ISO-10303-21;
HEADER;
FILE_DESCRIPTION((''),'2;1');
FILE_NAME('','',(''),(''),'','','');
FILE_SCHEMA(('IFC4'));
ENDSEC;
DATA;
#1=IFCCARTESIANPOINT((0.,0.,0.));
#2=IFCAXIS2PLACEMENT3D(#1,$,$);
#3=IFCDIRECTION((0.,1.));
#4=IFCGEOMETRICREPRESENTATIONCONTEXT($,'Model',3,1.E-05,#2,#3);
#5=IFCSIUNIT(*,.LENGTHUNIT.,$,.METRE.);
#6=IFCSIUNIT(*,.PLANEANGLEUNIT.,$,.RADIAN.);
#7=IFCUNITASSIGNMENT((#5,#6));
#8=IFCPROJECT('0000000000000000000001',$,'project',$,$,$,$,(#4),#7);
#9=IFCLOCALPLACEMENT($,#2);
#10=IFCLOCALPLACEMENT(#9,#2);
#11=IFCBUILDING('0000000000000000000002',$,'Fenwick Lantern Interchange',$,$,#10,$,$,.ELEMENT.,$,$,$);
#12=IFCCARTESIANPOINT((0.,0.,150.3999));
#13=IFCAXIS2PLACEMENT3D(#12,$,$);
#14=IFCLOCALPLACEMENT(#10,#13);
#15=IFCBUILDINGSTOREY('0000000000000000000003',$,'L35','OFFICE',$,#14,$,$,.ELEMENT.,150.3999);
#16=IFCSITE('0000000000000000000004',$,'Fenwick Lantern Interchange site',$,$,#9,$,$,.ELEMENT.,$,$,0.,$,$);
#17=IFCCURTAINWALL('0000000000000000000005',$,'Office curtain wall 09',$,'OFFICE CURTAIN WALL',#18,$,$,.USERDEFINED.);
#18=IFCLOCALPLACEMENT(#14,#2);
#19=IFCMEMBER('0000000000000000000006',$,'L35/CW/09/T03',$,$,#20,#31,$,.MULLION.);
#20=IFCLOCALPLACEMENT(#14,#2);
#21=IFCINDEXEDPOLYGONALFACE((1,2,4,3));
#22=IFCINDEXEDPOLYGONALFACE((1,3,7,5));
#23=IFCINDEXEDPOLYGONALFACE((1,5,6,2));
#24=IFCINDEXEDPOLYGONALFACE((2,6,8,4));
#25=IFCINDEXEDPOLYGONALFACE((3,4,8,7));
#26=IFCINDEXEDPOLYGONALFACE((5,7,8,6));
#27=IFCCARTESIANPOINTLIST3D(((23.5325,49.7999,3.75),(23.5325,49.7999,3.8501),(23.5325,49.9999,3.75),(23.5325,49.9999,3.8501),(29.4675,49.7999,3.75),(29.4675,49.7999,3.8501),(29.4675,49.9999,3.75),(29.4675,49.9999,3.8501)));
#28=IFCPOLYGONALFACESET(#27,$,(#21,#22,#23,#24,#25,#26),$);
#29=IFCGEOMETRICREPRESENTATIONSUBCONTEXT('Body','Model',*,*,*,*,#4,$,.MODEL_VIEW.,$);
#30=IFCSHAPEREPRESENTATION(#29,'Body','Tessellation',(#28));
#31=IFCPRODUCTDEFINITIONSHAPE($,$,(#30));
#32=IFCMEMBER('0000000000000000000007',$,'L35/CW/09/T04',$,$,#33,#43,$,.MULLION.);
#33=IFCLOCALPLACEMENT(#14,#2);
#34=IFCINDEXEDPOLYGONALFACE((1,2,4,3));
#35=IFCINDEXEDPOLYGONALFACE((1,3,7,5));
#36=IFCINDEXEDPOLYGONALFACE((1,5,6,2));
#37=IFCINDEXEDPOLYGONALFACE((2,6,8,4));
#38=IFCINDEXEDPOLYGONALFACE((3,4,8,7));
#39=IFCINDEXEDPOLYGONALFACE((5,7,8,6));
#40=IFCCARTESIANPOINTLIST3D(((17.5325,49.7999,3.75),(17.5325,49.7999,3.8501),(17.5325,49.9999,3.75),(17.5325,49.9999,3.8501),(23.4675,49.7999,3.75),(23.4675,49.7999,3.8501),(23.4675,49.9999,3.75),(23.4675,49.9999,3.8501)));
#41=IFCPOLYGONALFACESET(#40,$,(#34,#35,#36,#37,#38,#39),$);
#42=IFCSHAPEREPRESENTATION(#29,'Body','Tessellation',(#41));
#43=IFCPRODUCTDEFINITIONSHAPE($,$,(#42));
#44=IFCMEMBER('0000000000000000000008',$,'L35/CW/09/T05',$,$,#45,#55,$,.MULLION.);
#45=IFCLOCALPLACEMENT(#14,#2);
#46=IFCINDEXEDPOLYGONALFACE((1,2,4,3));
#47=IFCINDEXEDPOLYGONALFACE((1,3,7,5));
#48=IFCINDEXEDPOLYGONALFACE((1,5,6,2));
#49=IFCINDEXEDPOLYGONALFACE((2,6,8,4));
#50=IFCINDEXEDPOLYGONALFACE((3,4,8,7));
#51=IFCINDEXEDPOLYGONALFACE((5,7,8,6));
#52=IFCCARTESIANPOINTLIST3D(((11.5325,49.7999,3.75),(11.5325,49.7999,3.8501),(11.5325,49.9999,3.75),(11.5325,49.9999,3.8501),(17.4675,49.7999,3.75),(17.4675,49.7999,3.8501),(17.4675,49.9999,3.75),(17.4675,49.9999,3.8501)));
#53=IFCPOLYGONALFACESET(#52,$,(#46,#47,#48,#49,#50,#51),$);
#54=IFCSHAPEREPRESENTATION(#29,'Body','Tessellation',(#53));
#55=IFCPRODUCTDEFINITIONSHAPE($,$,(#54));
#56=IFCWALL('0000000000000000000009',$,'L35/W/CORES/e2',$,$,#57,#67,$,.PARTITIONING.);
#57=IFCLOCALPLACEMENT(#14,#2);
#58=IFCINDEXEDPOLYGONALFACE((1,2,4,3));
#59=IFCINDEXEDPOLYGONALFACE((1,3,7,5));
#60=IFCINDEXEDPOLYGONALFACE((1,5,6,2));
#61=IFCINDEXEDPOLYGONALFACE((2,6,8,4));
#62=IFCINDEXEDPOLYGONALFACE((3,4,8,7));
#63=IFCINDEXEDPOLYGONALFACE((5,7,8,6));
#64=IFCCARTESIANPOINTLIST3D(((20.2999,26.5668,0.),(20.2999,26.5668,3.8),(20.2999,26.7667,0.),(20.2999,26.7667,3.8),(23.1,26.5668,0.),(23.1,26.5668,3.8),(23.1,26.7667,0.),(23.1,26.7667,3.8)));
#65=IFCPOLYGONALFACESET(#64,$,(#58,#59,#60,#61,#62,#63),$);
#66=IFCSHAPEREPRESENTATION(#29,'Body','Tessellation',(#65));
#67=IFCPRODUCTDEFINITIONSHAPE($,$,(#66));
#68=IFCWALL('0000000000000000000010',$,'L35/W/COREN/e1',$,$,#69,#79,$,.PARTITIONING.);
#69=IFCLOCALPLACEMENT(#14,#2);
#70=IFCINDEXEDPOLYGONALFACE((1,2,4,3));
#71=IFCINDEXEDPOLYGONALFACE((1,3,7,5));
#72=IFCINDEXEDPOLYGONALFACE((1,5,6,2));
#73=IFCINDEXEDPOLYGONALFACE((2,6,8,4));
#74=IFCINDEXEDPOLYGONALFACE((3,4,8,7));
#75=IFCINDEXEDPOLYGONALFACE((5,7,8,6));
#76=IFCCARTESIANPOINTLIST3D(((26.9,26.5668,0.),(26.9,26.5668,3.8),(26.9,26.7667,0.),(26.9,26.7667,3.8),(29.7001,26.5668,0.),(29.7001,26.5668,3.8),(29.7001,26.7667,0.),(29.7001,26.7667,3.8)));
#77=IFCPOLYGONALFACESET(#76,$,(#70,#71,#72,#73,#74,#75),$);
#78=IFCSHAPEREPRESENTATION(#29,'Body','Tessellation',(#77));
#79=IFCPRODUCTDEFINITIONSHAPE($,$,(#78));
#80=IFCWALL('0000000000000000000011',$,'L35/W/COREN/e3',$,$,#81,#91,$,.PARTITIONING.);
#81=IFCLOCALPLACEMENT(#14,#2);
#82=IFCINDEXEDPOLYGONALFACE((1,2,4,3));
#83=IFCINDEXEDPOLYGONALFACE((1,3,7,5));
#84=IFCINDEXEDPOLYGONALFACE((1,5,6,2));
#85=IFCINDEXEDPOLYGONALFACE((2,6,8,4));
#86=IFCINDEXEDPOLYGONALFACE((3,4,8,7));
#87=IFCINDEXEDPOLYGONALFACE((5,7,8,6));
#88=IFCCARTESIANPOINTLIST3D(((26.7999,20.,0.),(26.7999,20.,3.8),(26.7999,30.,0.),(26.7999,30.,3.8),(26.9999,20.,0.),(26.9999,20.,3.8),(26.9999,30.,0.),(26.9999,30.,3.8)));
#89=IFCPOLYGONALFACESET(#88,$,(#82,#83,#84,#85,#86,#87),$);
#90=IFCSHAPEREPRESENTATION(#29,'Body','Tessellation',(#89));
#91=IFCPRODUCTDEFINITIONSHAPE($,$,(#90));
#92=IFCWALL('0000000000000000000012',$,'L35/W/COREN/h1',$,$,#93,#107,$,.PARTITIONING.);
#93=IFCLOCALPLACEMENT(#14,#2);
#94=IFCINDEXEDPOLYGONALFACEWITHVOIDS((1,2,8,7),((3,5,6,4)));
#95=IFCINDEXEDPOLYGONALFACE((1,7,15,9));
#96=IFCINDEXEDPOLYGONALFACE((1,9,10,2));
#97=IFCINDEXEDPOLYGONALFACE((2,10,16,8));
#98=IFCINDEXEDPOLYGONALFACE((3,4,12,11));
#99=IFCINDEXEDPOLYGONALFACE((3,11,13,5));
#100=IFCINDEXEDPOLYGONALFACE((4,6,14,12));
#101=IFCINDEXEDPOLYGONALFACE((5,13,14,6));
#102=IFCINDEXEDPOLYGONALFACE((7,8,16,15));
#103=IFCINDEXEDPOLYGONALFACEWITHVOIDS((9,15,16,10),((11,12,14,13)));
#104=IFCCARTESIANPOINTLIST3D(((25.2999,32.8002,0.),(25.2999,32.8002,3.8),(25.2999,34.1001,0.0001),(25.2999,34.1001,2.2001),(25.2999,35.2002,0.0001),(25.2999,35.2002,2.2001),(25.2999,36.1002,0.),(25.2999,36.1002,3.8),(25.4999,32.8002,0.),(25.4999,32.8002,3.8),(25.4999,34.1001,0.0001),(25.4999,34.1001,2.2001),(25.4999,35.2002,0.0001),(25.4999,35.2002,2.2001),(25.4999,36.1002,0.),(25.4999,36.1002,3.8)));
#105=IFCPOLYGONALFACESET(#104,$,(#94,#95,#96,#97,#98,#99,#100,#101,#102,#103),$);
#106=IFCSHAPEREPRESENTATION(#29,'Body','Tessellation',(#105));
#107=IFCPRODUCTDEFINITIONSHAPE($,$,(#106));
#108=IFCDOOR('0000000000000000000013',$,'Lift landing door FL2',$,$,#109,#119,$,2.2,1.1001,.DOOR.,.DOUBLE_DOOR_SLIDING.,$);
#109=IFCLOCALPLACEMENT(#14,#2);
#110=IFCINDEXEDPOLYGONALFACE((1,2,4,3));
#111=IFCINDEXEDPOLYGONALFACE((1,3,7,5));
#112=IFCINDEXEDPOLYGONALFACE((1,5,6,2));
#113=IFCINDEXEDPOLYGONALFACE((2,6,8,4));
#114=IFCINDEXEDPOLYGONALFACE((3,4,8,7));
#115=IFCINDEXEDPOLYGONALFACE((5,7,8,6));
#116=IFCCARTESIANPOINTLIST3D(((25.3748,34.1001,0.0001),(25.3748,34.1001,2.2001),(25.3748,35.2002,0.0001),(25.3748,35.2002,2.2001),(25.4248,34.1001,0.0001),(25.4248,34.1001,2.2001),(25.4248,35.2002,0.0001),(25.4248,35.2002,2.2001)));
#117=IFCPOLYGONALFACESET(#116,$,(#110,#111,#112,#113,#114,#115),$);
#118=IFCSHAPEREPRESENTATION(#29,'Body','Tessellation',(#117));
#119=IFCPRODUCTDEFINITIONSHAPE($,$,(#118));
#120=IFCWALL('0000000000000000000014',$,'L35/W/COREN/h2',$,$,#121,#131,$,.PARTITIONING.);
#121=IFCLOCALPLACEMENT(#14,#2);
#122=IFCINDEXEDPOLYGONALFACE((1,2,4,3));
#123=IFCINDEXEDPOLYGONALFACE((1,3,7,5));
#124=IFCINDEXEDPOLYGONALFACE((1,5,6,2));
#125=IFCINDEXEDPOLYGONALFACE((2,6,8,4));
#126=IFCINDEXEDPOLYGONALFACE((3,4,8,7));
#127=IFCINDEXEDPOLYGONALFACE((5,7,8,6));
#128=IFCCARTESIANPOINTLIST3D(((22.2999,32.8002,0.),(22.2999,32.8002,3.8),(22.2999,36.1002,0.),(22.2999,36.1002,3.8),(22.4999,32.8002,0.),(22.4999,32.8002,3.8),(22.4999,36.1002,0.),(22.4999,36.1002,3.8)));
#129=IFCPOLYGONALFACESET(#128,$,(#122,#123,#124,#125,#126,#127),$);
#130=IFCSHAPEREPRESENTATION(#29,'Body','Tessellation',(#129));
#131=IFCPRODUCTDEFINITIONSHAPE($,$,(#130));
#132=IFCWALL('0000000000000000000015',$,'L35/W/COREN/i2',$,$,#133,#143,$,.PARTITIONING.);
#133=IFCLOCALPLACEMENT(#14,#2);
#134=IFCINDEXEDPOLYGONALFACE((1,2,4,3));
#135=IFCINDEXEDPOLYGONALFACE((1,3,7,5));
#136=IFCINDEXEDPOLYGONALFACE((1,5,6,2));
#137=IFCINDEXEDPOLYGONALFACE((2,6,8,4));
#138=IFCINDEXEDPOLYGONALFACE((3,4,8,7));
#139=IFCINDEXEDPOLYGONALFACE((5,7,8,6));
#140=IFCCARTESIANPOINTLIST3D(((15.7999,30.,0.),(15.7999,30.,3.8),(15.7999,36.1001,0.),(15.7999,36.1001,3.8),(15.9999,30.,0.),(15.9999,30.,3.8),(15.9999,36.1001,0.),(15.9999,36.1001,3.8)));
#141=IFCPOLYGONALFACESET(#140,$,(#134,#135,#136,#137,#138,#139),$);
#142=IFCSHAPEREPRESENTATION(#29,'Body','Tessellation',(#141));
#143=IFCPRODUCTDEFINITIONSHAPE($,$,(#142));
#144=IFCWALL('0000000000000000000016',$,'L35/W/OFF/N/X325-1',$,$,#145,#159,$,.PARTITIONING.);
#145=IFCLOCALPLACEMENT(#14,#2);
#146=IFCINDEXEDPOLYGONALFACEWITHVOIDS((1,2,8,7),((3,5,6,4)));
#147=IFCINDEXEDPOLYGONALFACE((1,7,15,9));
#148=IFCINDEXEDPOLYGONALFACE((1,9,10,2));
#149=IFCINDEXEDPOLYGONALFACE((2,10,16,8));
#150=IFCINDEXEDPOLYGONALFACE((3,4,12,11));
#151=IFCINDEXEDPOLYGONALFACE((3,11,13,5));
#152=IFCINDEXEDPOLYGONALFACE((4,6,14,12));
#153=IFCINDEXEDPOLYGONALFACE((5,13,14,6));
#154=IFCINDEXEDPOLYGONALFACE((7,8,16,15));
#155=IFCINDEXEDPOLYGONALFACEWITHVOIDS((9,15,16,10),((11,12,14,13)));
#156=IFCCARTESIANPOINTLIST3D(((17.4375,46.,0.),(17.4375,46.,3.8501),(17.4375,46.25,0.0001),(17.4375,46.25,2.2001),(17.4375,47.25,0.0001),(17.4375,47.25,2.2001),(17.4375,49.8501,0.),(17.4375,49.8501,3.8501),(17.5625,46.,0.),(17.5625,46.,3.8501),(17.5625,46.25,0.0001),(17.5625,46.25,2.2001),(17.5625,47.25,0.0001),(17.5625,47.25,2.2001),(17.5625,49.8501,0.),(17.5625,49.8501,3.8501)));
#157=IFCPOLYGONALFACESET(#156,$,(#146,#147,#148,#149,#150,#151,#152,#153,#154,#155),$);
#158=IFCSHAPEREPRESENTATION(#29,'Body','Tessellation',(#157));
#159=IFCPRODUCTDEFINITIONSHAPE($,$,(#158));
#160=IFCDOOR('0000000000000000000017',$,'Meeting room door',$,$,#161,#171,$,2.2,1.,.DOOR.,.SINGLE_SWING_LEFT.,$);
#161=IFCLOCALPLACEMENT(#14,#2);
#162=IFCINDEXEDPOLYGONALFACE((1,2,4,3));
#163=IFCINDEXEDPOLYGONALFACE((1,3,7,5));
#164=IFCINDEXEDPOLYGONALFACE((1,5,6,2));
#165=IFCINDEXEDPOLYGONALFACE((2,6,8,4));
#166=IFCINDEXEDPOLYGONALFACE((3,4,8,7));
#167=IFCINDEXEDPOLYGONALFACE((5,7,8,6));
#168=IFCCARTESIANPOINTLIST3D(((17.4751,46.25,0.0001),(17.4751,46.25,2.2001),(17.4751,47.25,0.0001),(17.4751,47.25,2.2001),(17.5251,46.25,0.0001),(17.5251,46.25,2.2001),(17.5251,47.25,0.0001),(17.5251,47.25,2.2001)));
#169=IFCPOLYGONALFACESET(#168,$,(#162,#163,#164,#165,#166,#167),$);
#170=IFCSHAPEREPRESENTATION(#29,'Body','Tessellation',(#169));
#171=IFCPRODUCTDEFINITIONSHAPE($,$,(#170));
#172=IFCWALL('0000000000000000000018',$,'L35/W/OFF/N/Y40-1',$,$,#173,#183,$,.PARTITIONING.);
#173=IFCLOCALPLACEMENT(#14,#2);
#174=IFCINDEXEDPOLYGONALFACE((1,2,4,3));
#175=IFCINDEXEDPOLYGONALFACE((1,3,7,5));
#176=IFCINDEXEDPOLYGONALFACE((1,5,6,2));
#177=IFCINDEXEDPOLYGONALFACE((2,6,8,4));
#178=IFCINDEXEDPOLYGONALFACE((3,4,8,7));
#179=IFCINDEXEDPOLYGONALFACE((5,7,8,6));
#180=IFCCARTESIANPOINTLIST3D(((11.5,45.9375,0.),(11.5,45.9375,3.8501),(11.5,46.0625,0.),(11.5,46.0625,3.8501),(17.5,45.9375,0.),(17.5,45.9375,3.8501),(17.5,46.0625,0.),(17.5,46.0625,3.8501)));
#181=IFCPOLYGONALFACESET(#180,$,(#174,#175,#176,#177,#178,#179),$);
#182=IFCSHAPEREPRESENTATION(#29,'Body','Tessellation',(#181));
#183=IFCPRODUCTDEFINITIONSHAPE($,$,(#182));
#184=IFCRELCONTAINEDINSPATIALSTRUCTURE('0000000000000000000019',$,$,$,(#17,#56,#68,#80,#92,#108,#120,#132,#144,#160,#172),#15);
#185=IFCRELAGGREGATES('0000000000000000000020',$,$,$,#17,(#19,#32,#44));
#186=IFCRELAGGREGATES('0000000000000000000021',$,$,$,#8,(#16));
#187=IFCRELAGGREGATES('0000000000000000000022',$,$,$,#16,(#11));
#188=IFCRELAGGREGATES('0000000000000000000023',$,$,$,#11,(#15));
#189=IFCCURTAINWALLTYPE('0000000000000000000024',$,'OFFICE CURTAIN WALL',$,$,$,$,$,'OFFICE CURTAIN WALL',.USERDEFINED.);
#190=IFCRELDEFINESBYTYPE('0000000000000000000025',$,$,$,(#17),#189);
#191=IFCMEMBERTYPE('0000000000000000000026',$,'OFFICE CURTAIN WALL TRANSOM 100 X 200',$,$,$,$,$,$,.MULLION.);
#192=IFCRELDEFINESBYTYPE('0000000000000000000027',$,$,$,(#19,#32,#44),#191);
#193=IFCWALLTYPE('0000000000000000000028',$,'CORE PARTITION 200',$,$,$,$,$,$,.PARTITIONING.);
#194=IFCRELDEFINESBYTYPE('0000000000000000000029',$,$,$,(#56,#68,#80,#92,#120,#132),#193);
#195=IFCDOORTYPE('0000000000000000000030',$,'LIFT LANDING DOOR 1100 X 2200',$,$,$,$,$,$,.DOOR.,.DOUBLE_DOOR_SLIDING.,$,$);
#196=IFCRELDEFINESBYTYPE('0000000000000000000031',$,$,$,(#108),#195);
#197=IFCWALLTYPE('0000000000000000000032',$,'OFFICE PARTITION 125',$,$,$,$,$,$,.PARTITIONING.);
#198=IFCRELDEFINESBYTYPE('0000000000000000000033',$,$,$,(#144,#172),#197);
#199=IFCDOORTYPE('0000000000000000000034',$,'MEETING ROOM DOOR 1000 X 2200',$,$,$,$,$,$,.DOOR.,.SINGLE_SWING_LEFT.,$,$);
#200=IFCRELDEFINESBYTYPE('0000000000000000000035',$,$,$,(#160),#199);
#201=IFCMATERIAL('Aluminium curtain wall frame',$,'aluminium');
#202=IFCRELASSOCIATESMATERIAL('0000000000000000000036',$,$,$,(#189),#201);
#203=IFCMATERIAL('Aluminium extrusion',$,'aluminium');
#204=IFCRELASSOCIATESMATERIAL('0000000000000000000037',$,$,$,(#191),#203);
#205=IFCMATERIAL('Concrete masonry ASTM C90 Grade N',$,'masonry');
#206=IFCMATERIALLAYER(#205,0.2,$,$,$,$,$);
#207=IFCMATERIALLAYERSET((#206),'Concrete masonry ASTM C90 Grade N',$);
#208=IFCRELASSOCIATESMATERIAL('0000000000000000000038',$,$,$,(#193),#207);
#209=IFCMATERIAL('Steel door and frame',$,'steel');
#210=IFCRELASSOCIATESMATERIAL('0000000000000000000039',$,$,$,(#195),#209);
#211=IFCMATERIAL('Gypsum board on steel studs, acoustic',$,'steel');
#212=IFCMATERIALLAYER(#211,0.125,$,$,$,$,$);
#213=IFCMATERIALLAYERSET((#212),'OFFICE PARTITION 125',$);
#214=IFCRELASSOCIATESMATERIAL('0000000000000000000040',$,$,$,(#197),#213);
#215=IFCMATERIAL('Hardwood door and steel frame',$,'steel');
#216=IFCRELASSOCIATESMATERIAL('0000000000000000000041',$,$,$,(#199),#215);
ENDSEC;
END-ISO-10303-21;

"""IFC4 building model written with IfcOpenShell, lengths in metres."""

from ifc_helpers import new_model, si_unit, direction, frame, frame_2d, origin, origin_2d, place, context, subcontext, project, spatial, rectangle, extrude, material, layer, layer_set, material_profile, profile_set, type_object, element, fill, aggregate, save


model = new_model("IFC4")

# Units and contexts
model_context = context("Model", 3, precision=1e-05, world=origin(), true_north=direction((0.0, 1.0)))
body_context = subcontext(model_context, "Body", "Model", "MODEL_VIEW")
ifc_project = project(units=[si_unit("LENGTHUNIT", "METRE"), si_unit("PLANEANGLEUNIT", "RADIAN")], contexts=[model_context])

# Site, building, storey
site_placement = place(None, origin())
site = spatial("IfcSite", under=ifc_project, at=site_placement, Name="Fenwick Lantern Interchange site", CompositionType="ELEMENT", RefElevation=0.0)
building_placement = place(site_placement, origin())
building = spatial("IfcBuilding", under=site, at=building_placement, Name="Fenwick Lantern Interchange", CompositionType="ELEMENT")
storey_placement = place(building_placement, frame((0.0, 0.0, 150.3999)))
storey = spatial("IfcBuildingStorey", under=building, at=storey_placement, Name="L35", Description="OFFICE", CompositionType="ELEMENT", Elevation=150.3999)

# Curtain wall, members
ifc_material_1 = material(Name="Aluminium curtain wall frame", Category="aluminium")
curtain_wall_type = type_object("IfcCurtainWallType", Name="OFFICE CURTAIN WALL", ElementType="OFFICE CURTAIN WALL", PredefinedType="USERDEFINED", material=ifc_material_1)
curtain_wall_placement = place(storey_placement, origin())
curtain_wall = element("IfcCurtainWall", 1, at=curtain_wall_placement, inside=storey, type_object=curtain_wall_type, Name="Office curtain wall 09", ObjectType="OFFICE CURTAIN WALL", PredefinedType="USERDEFINED")
ifc_material_2 = material(Name="Aluminium extrusion", Category="aluminium")
ifc_material_profile_1 = material_profile(ifc_material_2, rectangle(XDim=0.2, YDim=0.1001, at=origin_2d()), Name="OFFICE CURTAIN WALL TRANSOM 100 X 200")
ifc_profile_set_1 = profile_set([ifc_material_profile_1], Name="Aluminium extrusion")
member_type_1 = type_object("IfcMemberType", Name="OFFICE CURTAIN WALL TRANSOM 100 X 200", PredefinedType="MULLION", material=ifc_profile_set_1)
member_1_placement = place(storey_placement, frame((29.4675, 49.8999, 3.8), z_axis=(-1.0, 0.0, 0.0), x_axis=(0.0, -1.0, 0.0)))
member_1 = element("IfcMember", 2, at=member_1_placement, type_object=member_type_1, Name="L35/CW/09/T03", PredefinedType="MULLION", context=body_context, shape_type="SweptSolid", body=[
    extrude(rectangle(XDim=0.2, YDim=0.1001, at=origin_2d()), origin(), (0.0, 0.0, 1.0), 5.9351),
])
member_2_placement = place(storey_placement, frame((23.4675, 49.8999, 3.8), z_axis=(-1.0, 0.0, 0.0), x_axis=(0.0, -1.0, 0.0)))
member_2 = element("IfcMember", 3, at=member_2_placement, type_object=member_type_1, Name="L35/CW/09/T04", PredefinedType="MULLION", context=body_context, shape_type="SweptSolid", body=[
    extrude(rectangle(XDim=0.2, YDim=0.1001, at=origin_2d()), origin(), (0.0, 0.0, 1.0), 5.9351),
])
member_3_placement = place(storey_placement, frame((17.4675, 49.8999, 3.8), z_axis=(-1.0, 0.0, 0.0), x_axis=(0.0, -1.0, 0.0)))
member_3 = element("IfcMember", 4, at=member_3_placement, type_object=member_type_1, Name="L35/CW/09/T05", PredefinedType="MULLION", context=body_context, shape_type="SweptSolid", body=[
    extrude(rectangle(XDim=0.2, YDim=0.1001, at=origin_2d()), origin(), (0.0, 0.0, 1.0), 5.9351),
])
aggregate(curtain_wall, [member_1, member_2, member_3])

# Walls
ifc_material_3 = material(Name="Concrete masonry ASTM C90 Grade N", Category="masonry")
ifc_layer_1 = layer(ifc_material_3, 0.2)
ifc_layer_set_1 = layer_set([ifc_layer_1], Name="Concrete masonry ASTM C90 Grade N")
wall_type_1 = type_object("IfcWallType", Name="CORE PARTITION 200", PredefinedType="PARTITIONING", material=ifc_layer_set_1)
for number, where, z_axis, x_axis, name in (
    (5, (20.3, 26.6667, 0.0), (0.0, 0.0, 1.0), (1.0, 0.0, 0.0), "L35/W/CORES/e2"),
    (6, (29.7, 26.6667, 0.0), (0.0, 0.0, 1.0), (-1.0, 0.0, 0.0), "L35/W/COREN/e1"),
):
    element("IfcWall", number, at=place(storey_placement, frame(where, z_axis=z_axis, x_axis=x_axis)), inside=storey, type_object=wall_type_1, Name=name, PredefinedType="PARTITIONING", context=body_context, shape_type="SweptSolid", body=[
        extrude(rectangle(XDim=2.8, YDim=0.2, at=frame_2d((1.3999, 0.0))), origin(), (0.0, 0.0, 1.0), 3.8),
    ])
wall_1_placement = place(storey_placement, frame((26.8999, 30.0, 0.0), z_axis=(0.0, 0.0, 1.0), x_axis=(0.0, -1.0, 0.0)))
element("IfcWall", 7, at=wall_1_placement, inside=storey, type_object=wall_type_1, Name="L35/W/COREN/e3", PredefinedType="PARTITIONING", context=body_context, shape_type="SweptSolid", body=[
    extrude(rectangle(XDim=10.0, YDim=0.2, at=frame_2d((5.0, 0.0))), origin(), (0.0, 0.0, 1.0), 3.8),
])

# Wall, opening, door
wall_2_placement = place(storey_placement, frame((25.3999, 36.1001, 0.0), z_axis=(0.0, 0.0, 1.0), x_axis=(0.0, -1.0, 0.0)))
wall_2 = element("IfcWall", 8, at=wall_2_placement, inside=storey, type_object=wall_type_1, Name="L35/W/COREN/h1", PredefinedType="PARTITIONING", context=body_context, shape_type="SweptSolid", body=[
    extrude(rectangle(XDim=3.3, YDim=0.2, at=frame_2d((1.6499, 0.0))), origin(), (0.0, 0.0, 1.0), 3.8),
])
opening_1_placement = place(wall_2_placement, frame((0.8999, 0.0, 0.0)))
opening_1 = element("IfcOpeningElement", 9, at=opening_1_placement, cuts=wall_2, PredefinedType="OPENING", context=body_context, shape_type="SweptSolid", body=[
    extrude(rectangle(XDim=1.1001, YDim=2.2, at=frame_2d((0.55, 1.1001))), frame((0.0, 0.1099, 0.0), z_axis=(0.0, -1.0, 0.0), x_axis=(1.0, 0.0, 0.0)), (0.0, 0.0, 1.0), 0.22),
])
ifc_material_4 = material(Name="Steel door and frame", Category="steel")
door_type_1 = type_object("IfcDoorType", Name="LIFT LANDING DOOR 1100 X 2200", OperationType="DOUBLE_DOOR_SLIDING", PredefinedType="DOOR", material=ifc_material_4)
door_1_placement = place(opening_1_placement, origin())
door_1 = element("IfcDoor", 10, at=door_1_placement, inside=storey, type_object=door_type_1, Name="Lift landing door FL2", OperationType="DOUBLE_DOOR_SLIDING", OverallHeight=2.2, OverallWidth=1.1001, PredefinedType="DOOR", context=body_context, shape_type="SweptSolid", body=[
    extrude(rectangle(XDim=1.1001, YDim=2.2, at=frame_2d((0.55, 1.1001))), frame((0.0, 0.0249, 0.0), z_axis=(0.0, -1.0, 0.0), x_axis=(1.0, 0.0, 0.0)), (0.0, 0.0, 1.0), 0.05),
])
fill(opening_1, door_1)

# Walls
wall_3_placement = place(storey_placement, frame((22.3999, 36.1001, 0.0), z_axis=(0.0, 0.0, 1.0), x_axis=(0.0, -1.0, 0.0)))
element("IfcWall", 11, at=wall_3_placement, inside=storey, type_object=wall_type_1, Name="L35/W/COREN/h2", PredefinedType="PARTITIONING", context=body_context, shape_type="SweptSolid", body=[
    extrude(rectangle(XDim=3.3, YDim=0.2, at=frame_2d((1.6499, 0.0))), origin(), (0.0, 0.0, 1.0), 3.8),
])
wall_4_placement = place(storey_placement, frame((15.8999, 36.1001, 0.0), z_axis=(0.0, 0.0, 1.0), x_axis=(0.0, -1.0, 0.0)))
element("IfcWall", 12, at=wall_4_placement, inside=storey, type_object=wall_type_1, Name="L35/W/COREN/i2", PredefinedType="PARTITIONING", context=body_context, shape_type="SweptSolid", body=[
    extrude(rectangle(XDim=6.1001, YDim=0.2, at=frame_2d((3.05, 0.0))), origin(), (0.0, 0.0, 1.0), 3.8),
])

# Wall, opening, door
ifc_material_5 = material(Name="Gypsum board on steel studs, acoustic", Category="steel")
ifc_layer_2 = layer(ifc_material_5, 0.125)
ifc_layer_set_2 = layer_set([ifc_layer_2], Name="OFFICE PARTITION 125")
wall_type_2 = type_object("IfcWallType", Name="OFFICE PARTITION 125", PredefinedType="PARTITIONING", material=ifc_layer_set_2)
wall_5_placement = place(storey_placement, frame((17.5, 49.8501, 0.0), z_axis=(0.0, 0.0, 1.0), x_axis=(0.0, -1.0, 0.0)))
wall_5 = element("IfcWall", 13, at=wall_5_placement, inside=storey, type_object=wall_type_2, Name="L35/W/OFF/N/X325-1", PredefinedType="PARTITIONING", context=body_context, shape_type="SweptSolid", body=[
    extrude(rectangle(XDim=3.8501, YDim=0.125, at=frame_2d((1.925, 0.0))), origin(), (0.0, 0.0, 1.0), 3.8501),
])
opening_2_placement = place(wall_5_placement, frame((2.6001, 0.0, 0.0)))
opening_2 = element("IfcOpeningElement", 14, at=opening_2_placement, cuts=wall_5, PredefinedType="OPENING", context=body_context, shape_type="SweptSolid", body=[
    extrude(rectangle(XDim=1.0, YDim=2.2, at=frame_2d((0.5, 1.1001))), frame((0.0, 0.0725, 0.0), z_axis=(0.0, -1.0, 0.0), x_axis=(1.0, 0.0, 0.0)), (0.0, 0.0, 1.0), 0.145),
])
ifc_material_6 = material(Name="Hardwood door and steel frame", Category="steel")
door_type_2 = type_object("IfcDoorType", Name="MEETING ROOM DOOR 1000 X 2200", OperationType="SINGLE_SWING_LEFT", PredefinedType="DOOR", material=ifc_material_6)
door_2_placement = place(opening_2_placement, frame((1.0, 0.0, 0.0), z_axis=(0.0, 0.0, 1.0), x_axis=(-1.0, 0.0, 0.0)))
door_2 = element("IfcDoor", 15, at=door_2_placement, inside=storey, type_object=door_type_2, Name="Meeting room door", OperationType="SINGLE_SWING_LEFT", OverallHeight=2.2, OverallWidth=1.0, PredefinedType="DOOR", context=body_context, shape_type="SweptSolid", body=[
    extrude(rectangle(XDim=1.0, YDim=2.2, at=frame_2d((0.5, 1.1001))), frame((0.0, 0.0249, 0.0), z_axis=(0.0, -1.0, 0.0), x_axis=(1.0, 0.0, 0.0)), (0.0, 0.0, 1.0), 0.05),
])
fill(opening_2, door_2)

# Wall
wall_6_placement = place(storey_placement, frame((17.5, 46.0, 0.0), z_axis=(0.0, 0.0, 1.0), x_axis=(-1.0, 0.0, 0.0)))
element("IfcWall", 16, at=wall_6_placement, inside=storey, type_object=wall_type_2, Name="L35/W/OFF/N/Y40-1", PredefinedType="PARTITIONING", context=body_context, shape_type="SweptSolid", body=[
    extrude(rectangle(XDim=6.0, YDim=0.125, at=frame_2d((3.0, 0.0))), origin(), (0.0, 0.0, 1.0), 3.8501),
])

save(model, "model.ifc")
